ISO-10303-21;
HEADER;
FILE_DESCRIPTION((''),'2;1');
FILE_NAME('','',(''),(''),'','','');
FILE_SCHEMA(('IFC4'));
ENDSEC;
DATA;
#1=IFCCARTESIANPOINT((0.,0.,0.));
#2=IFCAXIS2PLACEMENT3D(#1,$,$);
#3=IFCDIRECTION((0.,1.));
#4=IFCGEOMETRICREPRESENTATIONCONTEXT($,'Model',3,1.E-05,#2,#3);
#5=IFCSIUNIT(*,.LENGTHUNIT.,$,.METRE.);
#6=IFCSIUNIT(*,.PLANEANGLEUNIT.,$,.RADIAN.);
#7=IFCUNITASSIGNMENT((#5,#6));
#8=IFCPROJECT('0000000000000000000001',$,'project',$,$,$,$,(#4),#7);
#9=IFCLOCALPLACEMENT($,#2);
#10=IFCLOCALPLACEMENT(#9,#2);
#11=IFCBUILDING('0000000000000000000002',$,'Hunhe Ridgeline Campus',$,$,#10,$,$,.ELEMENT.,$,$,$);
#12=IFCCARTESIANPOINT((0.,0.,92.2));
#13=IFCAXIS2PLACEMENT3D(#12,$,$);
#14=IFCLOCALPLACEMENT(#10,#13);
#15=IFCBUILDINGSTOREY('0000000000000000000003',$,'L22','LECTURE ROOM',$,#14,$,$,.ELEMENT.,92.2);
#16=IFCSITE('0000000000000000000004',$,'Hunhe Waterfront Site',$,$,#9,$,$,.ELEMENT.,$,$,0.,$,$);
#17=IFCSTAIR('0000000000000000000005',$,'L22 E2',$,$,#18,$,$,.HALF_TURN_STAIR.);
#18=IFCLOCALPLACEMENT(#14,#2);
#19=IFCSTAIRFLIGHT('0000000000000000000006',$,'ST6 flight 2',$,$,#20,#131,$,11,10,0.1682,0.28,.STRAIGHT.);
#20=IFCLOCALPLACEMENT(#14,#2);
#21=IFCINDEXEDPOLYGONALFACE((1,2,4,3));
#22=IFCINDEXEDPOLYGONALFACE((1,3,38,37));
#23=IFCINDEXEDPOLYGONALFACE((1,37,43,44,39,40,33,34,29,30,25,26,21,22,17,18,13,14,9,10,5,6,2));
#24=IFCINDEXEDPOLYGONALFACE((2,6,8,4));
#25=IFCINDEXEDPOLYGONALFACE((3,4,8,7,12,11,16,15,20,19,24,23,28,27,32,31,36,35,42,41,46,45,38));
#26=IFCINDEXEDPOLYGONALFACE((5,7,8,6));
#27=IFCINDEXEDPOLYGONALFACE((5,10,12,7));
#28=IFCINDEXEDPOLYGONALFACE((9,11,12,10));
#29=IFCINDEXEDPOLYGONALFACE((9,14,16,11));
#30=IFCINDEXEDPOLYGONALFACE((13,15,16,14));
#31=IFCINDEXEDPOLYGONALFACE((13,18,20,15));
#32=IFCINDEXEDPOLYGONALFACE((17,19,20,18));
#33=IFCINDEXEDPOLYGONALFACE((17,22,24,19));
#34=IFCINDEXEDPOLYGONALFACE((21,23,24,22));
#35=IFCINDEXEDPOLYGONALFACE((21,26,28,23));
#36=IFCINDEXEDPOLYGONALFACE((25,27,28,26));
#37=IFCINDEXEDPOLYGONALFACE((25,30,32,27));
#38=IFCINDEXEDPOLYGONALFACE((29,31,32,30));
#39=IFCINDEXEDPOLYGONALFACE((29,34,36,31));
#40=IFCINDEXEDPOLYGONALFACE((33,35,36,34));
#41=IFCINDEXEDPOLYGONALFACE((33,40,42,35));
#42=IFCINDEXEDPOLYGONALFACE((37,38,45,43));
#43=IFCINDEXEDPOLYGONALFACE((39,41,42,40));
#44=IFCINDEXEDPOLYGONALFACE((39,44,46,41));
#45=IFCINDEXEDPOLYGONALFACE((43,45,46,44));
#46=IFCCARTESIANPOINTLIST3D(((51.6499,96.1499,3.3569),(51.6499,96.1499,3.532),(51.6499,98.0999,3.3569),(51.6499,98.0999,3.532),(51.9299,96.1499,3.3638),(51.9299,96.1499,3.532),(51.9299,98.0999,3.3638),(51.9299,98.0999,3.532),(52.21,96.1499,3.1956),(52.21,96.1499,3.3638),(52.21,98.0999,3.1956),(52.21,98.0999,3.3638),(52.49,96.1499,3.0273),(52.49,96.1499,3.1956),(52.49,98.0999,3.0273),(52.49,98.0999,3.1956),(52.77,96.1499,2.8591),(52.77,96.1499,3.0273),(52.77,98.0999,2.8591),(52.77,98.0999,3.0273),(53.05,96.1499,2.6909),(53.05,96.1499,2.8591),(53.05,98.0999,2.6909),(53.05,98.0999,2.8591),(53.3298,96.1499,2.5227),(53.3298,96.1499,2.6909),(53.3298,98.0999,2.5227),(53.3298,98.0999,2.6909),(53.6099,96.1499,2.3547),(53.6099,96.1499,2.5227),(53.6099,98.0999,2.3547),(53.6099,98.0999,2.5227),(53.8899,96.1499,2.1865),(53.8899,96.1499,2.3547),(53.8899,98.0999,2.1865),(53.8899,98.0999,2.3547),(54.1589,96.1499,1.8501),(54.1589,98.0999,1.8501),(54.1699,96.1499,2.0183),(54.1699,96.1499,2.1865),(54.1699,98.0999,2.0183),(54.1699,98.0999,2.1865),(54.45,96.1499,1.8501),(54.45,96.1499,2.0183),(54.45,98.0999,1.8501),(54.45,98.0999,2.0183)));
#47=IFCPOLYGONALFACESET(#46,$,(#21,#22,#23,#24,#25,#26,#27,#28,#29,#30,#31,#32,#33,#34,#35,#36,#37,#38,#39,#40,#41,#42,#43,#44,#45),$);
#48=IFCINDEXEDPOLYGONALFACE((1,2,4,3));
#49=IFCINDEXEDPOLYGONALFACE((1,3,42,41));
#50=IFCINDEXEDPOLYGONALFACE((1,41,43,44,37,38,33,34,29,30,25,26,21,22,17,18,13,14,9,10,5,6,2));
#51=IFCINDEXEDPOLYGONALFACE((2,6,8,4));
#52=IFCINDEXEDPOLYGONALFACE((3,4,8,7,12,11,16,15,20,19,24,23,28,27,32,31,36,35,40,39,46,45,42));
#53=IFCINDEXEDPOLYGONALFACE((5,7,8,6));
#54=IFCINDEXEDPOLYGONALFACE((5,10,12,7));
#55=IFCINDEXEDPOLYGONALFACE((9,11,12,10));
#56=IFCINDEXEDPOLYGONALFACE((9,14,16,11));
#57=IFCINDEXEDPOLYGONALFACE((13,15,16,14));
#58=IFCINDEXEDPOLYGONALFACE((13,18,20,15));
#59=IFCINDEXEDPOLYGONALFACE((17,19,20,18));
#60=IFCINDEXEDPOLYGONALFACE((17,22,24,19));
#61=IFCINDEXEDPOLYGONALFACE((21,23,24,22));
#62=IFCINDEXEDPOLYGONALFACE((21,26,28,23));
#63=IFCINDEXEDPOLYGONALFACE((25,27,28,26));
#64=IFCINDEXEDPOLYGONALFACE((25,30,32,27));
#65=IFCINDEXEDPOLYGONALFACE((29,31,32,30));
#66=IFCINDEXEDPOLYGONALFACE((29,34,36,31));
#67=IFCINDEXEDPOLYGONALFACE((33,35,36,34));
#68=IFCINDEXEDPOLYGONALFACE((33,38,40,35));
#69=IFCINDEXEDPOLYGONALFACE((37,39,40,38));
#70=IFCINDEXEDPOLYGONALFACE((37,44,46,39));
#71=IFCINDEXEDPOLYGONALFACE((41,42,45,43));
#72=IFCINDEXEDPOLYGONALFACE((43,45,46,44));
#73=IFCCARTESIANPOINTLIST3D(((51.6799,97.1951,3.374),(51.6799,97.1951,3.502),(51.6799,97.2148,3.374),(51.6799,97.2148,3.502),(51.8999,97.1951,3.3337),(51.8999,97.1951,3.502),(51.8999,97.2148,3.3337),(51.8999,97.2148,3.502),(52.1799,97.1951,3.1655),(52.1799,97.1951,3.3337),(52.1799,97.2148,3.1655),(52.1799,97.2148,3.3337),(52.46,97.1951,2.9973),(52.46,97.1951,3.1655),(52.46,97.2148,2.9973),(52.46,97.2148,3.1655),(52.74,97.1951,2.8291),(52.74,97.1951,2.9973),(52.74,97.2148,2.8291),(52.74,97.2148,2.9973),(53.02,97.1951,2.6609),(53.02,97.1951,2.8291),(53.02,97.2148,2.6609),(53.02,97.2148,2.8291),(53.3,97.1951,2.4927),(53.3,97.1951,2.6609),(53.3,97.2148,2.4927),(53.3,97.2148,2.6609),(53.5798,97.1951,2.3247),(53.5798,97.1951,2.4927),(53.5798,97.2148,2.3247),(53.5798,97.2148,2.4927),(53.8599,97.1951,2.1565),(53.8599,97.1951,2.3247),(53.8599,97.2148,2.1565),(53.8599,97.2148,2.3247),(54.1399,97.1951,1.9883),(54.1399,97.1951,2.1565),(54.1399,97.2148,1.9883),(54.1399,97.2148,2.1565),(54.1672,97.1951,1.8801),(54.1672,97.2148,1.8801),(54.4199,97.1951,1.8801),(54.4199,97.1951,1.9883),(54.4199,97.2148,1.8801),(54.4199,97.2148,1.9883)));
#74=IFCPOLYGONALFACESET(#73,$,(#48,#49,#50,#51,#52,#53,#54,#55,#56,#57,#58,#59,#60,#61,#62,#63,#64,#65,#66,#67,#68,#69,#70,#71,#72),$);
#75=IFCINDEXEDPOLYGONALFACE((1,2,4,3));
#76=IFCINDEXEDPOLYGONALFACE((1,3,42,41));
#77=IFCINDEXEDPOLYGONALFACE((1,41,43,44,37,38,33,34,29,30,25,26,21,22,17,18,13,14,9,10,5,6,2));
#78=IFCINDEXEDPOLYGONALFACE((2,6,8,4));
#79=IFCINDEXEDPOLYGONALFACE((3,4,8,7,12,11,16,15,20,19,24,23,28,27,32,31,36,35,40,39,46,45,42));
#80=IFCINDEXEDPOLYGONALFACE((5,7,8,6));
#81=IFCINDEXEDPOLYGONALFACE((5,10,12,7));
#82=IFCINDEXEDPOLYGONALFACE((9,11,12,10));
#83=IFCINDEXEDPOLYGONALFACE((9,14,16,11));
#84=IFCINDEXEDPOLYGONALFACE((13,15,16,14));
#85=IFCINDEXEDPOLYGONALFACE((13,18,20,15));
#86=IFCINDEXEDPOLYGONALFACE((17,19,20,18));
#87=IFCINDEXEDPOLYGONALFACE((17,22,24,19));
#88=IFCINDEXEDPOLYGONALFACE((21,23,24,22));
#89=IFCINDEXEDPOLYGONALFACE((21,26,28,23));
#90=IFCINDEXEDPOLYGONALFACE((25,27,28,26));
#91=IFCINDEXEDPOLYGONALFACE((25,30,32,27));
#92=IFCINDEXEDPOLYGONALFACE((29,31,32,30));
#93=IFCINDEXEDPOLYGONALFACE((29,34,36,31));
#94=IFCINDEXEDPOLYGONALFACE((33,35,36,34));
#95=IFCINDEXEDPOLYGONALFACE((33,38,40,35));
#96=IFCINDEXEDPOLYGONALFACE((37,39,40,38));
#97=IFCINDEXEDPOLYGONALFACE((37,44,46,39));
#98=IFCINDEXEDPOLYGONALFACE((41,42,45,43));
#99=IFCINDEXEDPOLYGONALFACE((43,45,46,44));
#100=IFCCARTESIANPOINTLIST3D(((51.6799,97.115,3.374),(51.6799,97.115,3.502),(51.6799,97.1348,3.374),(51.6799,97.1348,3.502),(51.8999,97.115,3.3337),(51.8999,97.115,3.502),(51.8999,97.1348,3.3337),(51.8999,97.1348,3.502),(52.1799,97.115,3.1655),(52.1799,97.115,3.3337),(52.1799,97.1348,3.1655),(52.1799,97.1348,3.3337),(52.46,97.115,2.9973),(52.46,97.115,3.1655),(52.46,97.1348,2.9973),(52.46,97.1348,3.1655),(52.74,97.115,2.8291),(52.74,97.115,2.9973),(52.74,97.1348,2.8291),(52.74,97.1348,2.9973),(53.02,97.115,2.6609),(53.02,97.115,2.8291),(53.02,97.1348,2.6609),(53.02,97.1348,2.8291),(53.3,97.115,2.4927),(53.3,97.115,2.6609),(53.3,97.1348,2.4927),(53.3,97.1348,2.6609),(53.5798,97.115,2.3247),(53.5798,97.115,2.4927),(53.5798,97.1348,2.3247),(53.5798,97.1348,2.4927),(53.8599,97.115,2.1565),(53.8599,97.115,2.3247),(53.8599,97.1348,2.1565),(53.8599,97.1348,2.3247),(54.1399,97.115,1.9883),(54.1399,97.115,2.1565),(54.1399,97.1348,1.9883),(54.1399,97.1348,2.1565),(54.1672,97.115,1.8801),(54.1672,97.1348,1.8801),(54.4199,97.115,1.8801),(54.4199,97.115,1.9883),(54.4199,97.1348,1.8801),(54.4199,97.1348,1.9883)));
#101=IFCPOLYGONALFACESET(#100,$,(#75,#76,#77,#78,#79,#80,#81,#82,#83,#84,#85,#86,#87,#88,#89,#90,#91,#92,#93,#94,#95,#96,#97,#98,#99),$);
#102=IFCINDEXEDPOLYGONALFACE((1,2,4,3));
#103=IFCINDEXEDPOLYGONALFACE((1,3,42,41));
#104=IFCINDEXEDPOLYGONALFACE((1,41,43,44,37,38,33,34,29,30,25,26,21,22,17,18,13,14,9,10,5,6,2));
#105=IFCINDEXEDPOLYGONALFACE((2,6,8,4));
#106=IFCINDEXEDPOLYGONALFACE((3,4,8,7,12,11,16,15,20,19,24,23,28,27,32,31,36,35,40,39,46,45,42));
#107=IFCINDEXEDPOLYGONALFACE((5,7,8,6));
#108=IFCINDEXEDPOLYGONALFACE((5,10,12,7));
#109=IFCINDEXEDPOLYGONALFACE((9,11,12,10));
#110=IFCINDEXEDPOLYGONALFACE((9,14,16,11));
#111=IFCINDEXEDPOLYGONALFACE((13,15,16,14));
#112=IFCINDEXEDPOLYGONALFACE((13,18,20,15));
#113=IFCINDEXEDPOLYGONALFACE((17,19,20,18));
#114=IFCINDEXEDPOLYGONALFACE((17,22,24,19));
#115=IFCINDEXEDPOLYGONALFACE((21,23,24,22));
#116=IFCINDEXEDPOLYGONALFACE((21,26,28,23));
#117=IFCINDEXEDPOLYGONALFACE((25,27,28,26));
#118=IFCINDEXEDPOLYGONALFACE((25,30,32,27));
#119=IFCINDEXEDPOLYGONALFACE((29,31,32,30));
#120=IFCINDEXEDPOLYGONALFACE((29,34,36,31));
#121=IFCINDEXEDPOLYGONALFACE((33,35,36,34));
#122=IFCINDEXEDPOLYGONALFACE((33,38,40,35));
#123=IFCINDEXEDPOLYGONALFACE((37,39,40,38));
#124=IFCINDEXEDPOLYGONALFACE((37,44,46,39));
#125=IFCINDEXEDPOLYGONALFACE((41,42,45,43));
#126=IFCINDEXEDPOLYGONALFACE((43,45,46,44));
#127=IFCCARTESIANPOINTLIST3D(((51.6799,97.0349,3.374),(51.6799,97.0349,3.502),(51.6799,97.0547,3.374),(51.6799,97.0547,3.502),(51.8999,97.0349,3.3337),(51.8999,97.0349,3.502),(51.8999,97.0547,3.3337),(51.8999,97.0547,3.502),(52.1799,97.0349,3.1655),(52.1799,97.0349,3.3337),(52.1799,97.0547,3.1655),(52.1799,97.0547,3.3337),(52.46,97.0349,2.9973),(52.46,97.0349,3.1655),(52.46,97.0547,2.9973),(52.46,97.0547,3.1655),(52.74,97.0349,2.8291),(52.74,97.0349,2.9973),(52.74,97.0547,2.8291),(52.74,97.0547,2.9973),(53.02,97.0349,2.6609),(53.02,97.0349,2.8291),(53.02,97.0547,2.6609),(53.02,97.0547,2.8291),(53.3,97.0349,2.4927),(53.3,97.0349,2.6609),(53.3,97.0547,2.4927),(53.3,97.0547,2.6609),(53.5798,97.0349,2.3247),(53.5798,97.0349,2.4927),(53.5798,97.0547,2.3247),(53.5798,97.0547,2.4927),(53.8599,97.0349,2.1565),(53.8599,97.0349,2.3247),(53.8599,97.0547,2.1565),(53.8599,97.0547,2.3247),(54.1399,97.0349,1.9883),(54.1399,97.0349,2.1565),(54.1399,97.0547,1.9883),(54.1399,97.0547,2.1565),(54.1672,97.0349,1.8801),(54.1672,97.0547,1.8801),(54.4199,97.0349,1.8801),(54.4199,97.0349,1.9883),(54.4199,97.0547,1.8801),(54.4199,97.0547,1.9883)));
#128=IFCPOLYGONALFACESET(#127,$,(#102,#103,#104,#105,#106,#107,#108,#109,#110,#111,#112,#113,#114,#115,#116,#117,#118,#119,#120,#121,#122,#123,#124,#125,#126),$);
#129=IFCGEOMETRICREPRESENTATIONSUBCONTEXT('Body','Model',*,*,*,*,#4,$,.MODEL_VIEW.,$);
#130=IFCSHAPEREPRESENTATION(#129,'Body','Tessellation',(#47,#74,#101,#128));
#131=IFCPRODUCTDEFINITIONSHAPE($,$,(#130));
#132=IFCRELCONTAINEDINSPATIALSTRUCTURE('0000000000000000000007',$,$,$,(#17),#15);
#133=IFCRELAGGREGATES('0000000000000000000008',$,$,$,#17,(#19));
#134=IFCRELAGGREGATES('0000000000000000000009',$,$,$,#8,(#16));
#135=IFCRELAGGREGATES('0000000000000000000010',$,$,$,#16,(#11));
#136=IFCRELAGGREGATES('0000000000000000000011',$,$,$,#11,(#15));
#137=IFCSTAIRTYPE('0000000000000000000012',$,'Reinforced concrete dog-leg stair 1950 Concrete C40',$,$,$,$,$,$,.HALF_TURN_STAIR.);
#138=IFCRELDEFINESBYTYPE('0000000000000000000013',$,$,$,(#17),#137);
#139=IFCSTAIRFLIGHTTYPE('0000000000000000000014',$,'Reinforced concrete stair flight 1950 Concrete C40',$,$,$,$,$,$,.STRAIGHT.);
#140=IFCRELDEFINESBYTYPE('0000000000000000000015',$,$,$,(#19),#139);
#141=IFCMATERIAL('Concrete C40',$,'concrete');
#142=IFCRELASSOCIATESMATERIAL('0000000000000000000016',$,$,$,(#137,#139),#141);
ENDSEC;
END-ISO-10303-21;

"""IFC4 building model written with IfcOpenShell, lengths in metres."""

from ifc_helpers import new_model, si_unit, direction, frame, origin, place, context, subcontext, project, spatial, polyline, outline, extrude, material, type_object, element, aggregate, save


model = new_model("IFC4")

# Units and contexts
model_context = context("Model", 3, precision=1e-05, world=origin(), true_north=direction((0.0, 1.0)))
body_context = subcontext(model_context, "Body", "Model", "MODEL_VIEW")
ifc_project = project(units=[si_unit("LENGTHUNIT", "METRE"), si_unit("PLANEANGLEUNIT", "RADIAN")], contexts=[model_context])

# Site, building, storey
site_placement = place(None, origin())
site = spatial("IfcSite", under=ifc_project, at=site_placement, Name="Hunhe Waterfront Site", CompositionType="ELEMENT", RefElevation=0.0)
building_placement = place(site_placement, origin())
building = spatial("IfcBuilding", under=site, at=building_placement, Name="Hunhe Ridgeline Campus", CompositionType="ELEMENT")
storey_placement = place(building_placement, frame((0.0, 0.0, 92.2)))
storey = spatial("IfcBuildingStorey", under=building, at=storey_placement, Name="L22", Description="LECTURE ROOM", CompositionType="ELEMENT", Elevation=92.2)

# Stair, stair flight
ifc_material_1 = material(Name="Concrete C40", Category="concrete")
stair_type = type_object("IfcStairType", Name="Reinforced concrete dog-leg stair 1950 Concrete C40", PredefinedType="HALF_TURN_STAIR", material=ifc_material_1)
stair_1_placement = place(storey_placement, origin())
stair_1 = element("IfcStair", 1, at=stair_1_placement, inside=storey, type_object=stair_type, Name="L22 E2", PredefinedType="HALF_TURN_STAIR")
stair_flight_type = type_object("IfcStairFlightType", Name="Reinforced concrete stair flight 1950 Concrete C40", PredefinedType="STRAIGHT", material=ifc_material_1)
stair_flight_1_placement = place(storey_placement, frame((54.45, 97.125, 1.8501), z_axis=(0.0, 0.0, 1.0), x_axis=(-1.0, 0.0, 0.0)))
stair_flight_1 = element("IfcStairFlight", 2, at=stair_flight_1_placement, type_object=stair_flight_type, Name="ST6 flight 2", NumberOfRisers=11, NumberOfTreads=10, PredefinedType="STRAIGHT", RiserHeight=0.1682, TreadLength=0.28, context=body_context, shape_type="SweptSolid", body=[
    extrude(outline(polyline([(0.0, 0.0), (0.0, 0.1682), (0.28, 0.1682), (0.28, 0.3364), (0.5601, 0.3364), (0.5601, 0.5046), (0.8401, 0.5046), (0.8401, 0.6726), (1.1201, 0.6726), (1.1201, 0.8408), (1.3999, 0.8408), (1.3999, 1.009), (1.6799, 1.009), (1.6799, 1.1772), (1.96, 1.1772), (1.96, 1.3455), (2.24, 1.3455), (2.24, 1.5137), (2.52, 1.5137), (2.52, 1.6819), (2.8, 1.6819), (2.8, 1.8501), (2.8, 1.5068), (0.291, 0.0), (0.0, 0.0)])), frame((0.0, 0.9751, 0.0), z_axis=(0.0, -1.0, 0.0), x_axis=(1.0, 0.0, 0.0)), (0.0, 0.0, 1.0), 1.95),
    extrude(outline(polyline([(0.03, 0.03), (0.03, 0.1382), (0.3101, 0.1382), (0.3101, 0.3064), (0.5901, 0.3064), (0.5901, 0.4746), (0.8701, 0.4746), (0.8701, 0.6426), (1.1499, 0.6426), (1.1499, 0.8108), (1.4299, 0.8108), (1.4299, 0.979), (1.71, 0.979), (1.71, 1.1472), (1.99, 1.1472), (1.99, 1.3154), (2.27, 1.3154), (2.27, 1.4836), (2.55, 1.4836), (2.55, 1.6519), (2.77, 1.6519), (2.77, 1.5239), (0.2827, 0.03), (0.03, 0.03)])), frame((0.0, -0.0701, 0.0), z_axis=(0.0, -1.0, 0.0), x_axis=(1.0, 0.0, 0.0)), (0.0, 0.0, 1.0), 0.0198),
    extrude(outline(polyline([(0.03, 0.03), (0.03, 0.1382), (0.3101, 0.1382), (0.3101, 0.3064), (0.5901, 0.3064), (0.5901, 0.4746), (0.8701, 0.4746), (0.8701, 0.6426), (1.1499, 0.6426), (1.1499, 0.8108), (1.4299, 0.8108), (1.4299, 0.979), (1.71, 0.979), (1.71, 1.1472), (1.99, 1.1472), (1.99, 1.3154), (2.27, 1.3154), (2.27, 1.4836), (2.55, 1.4836), (2.55, 1.6519), (2.77, 1.6519), (2.77, 1.5239), (0.2827, 0.03), (0.03, 0.03)])), frame((0.0, 0.01, 0.0), z_axis=(0.0, -1.0, 0.0), x_axis=(1.0, 0.0, 0.0)), (0.0, 0.0, 1.0), 0.0198),
    extrude(outline(polyline([(0.03, 0.03), (0.03, 0.1382), (0.3101, 0.1382), (0.3101, 0.3064), (0.5901, 0.3064), (0.5901, 0.4746), (0.8701, 0.4746), (0.8701, 0.6426), (1.1499, 0.6426), (1.1499, 0.8108), (1.4299, 0.8108), (1.4299, 0.979), (1.71, 0.979), (1.71, 1.1472), (1.99, 1.1472), (1.99, 1.3154), (2.27, 1.3154), (2.27, 1.4836), (2.55, 1.4836), (2.55, 1.6519), (2.77, 1.6519), (2.77, 1.5239), (0.2827, 0.03), (0.03, 0.03)])), frame((0.0, 0.0901, 0.0), z_axis=(0.0, -1.0, 0.0), x_axis=(1.0, 0.0, 0.0)), (0.0, 0.0, 1.0), 0.0198),
])
aggregate(stair_1, [stair_flight_1])

save(model, "model.ifc")
